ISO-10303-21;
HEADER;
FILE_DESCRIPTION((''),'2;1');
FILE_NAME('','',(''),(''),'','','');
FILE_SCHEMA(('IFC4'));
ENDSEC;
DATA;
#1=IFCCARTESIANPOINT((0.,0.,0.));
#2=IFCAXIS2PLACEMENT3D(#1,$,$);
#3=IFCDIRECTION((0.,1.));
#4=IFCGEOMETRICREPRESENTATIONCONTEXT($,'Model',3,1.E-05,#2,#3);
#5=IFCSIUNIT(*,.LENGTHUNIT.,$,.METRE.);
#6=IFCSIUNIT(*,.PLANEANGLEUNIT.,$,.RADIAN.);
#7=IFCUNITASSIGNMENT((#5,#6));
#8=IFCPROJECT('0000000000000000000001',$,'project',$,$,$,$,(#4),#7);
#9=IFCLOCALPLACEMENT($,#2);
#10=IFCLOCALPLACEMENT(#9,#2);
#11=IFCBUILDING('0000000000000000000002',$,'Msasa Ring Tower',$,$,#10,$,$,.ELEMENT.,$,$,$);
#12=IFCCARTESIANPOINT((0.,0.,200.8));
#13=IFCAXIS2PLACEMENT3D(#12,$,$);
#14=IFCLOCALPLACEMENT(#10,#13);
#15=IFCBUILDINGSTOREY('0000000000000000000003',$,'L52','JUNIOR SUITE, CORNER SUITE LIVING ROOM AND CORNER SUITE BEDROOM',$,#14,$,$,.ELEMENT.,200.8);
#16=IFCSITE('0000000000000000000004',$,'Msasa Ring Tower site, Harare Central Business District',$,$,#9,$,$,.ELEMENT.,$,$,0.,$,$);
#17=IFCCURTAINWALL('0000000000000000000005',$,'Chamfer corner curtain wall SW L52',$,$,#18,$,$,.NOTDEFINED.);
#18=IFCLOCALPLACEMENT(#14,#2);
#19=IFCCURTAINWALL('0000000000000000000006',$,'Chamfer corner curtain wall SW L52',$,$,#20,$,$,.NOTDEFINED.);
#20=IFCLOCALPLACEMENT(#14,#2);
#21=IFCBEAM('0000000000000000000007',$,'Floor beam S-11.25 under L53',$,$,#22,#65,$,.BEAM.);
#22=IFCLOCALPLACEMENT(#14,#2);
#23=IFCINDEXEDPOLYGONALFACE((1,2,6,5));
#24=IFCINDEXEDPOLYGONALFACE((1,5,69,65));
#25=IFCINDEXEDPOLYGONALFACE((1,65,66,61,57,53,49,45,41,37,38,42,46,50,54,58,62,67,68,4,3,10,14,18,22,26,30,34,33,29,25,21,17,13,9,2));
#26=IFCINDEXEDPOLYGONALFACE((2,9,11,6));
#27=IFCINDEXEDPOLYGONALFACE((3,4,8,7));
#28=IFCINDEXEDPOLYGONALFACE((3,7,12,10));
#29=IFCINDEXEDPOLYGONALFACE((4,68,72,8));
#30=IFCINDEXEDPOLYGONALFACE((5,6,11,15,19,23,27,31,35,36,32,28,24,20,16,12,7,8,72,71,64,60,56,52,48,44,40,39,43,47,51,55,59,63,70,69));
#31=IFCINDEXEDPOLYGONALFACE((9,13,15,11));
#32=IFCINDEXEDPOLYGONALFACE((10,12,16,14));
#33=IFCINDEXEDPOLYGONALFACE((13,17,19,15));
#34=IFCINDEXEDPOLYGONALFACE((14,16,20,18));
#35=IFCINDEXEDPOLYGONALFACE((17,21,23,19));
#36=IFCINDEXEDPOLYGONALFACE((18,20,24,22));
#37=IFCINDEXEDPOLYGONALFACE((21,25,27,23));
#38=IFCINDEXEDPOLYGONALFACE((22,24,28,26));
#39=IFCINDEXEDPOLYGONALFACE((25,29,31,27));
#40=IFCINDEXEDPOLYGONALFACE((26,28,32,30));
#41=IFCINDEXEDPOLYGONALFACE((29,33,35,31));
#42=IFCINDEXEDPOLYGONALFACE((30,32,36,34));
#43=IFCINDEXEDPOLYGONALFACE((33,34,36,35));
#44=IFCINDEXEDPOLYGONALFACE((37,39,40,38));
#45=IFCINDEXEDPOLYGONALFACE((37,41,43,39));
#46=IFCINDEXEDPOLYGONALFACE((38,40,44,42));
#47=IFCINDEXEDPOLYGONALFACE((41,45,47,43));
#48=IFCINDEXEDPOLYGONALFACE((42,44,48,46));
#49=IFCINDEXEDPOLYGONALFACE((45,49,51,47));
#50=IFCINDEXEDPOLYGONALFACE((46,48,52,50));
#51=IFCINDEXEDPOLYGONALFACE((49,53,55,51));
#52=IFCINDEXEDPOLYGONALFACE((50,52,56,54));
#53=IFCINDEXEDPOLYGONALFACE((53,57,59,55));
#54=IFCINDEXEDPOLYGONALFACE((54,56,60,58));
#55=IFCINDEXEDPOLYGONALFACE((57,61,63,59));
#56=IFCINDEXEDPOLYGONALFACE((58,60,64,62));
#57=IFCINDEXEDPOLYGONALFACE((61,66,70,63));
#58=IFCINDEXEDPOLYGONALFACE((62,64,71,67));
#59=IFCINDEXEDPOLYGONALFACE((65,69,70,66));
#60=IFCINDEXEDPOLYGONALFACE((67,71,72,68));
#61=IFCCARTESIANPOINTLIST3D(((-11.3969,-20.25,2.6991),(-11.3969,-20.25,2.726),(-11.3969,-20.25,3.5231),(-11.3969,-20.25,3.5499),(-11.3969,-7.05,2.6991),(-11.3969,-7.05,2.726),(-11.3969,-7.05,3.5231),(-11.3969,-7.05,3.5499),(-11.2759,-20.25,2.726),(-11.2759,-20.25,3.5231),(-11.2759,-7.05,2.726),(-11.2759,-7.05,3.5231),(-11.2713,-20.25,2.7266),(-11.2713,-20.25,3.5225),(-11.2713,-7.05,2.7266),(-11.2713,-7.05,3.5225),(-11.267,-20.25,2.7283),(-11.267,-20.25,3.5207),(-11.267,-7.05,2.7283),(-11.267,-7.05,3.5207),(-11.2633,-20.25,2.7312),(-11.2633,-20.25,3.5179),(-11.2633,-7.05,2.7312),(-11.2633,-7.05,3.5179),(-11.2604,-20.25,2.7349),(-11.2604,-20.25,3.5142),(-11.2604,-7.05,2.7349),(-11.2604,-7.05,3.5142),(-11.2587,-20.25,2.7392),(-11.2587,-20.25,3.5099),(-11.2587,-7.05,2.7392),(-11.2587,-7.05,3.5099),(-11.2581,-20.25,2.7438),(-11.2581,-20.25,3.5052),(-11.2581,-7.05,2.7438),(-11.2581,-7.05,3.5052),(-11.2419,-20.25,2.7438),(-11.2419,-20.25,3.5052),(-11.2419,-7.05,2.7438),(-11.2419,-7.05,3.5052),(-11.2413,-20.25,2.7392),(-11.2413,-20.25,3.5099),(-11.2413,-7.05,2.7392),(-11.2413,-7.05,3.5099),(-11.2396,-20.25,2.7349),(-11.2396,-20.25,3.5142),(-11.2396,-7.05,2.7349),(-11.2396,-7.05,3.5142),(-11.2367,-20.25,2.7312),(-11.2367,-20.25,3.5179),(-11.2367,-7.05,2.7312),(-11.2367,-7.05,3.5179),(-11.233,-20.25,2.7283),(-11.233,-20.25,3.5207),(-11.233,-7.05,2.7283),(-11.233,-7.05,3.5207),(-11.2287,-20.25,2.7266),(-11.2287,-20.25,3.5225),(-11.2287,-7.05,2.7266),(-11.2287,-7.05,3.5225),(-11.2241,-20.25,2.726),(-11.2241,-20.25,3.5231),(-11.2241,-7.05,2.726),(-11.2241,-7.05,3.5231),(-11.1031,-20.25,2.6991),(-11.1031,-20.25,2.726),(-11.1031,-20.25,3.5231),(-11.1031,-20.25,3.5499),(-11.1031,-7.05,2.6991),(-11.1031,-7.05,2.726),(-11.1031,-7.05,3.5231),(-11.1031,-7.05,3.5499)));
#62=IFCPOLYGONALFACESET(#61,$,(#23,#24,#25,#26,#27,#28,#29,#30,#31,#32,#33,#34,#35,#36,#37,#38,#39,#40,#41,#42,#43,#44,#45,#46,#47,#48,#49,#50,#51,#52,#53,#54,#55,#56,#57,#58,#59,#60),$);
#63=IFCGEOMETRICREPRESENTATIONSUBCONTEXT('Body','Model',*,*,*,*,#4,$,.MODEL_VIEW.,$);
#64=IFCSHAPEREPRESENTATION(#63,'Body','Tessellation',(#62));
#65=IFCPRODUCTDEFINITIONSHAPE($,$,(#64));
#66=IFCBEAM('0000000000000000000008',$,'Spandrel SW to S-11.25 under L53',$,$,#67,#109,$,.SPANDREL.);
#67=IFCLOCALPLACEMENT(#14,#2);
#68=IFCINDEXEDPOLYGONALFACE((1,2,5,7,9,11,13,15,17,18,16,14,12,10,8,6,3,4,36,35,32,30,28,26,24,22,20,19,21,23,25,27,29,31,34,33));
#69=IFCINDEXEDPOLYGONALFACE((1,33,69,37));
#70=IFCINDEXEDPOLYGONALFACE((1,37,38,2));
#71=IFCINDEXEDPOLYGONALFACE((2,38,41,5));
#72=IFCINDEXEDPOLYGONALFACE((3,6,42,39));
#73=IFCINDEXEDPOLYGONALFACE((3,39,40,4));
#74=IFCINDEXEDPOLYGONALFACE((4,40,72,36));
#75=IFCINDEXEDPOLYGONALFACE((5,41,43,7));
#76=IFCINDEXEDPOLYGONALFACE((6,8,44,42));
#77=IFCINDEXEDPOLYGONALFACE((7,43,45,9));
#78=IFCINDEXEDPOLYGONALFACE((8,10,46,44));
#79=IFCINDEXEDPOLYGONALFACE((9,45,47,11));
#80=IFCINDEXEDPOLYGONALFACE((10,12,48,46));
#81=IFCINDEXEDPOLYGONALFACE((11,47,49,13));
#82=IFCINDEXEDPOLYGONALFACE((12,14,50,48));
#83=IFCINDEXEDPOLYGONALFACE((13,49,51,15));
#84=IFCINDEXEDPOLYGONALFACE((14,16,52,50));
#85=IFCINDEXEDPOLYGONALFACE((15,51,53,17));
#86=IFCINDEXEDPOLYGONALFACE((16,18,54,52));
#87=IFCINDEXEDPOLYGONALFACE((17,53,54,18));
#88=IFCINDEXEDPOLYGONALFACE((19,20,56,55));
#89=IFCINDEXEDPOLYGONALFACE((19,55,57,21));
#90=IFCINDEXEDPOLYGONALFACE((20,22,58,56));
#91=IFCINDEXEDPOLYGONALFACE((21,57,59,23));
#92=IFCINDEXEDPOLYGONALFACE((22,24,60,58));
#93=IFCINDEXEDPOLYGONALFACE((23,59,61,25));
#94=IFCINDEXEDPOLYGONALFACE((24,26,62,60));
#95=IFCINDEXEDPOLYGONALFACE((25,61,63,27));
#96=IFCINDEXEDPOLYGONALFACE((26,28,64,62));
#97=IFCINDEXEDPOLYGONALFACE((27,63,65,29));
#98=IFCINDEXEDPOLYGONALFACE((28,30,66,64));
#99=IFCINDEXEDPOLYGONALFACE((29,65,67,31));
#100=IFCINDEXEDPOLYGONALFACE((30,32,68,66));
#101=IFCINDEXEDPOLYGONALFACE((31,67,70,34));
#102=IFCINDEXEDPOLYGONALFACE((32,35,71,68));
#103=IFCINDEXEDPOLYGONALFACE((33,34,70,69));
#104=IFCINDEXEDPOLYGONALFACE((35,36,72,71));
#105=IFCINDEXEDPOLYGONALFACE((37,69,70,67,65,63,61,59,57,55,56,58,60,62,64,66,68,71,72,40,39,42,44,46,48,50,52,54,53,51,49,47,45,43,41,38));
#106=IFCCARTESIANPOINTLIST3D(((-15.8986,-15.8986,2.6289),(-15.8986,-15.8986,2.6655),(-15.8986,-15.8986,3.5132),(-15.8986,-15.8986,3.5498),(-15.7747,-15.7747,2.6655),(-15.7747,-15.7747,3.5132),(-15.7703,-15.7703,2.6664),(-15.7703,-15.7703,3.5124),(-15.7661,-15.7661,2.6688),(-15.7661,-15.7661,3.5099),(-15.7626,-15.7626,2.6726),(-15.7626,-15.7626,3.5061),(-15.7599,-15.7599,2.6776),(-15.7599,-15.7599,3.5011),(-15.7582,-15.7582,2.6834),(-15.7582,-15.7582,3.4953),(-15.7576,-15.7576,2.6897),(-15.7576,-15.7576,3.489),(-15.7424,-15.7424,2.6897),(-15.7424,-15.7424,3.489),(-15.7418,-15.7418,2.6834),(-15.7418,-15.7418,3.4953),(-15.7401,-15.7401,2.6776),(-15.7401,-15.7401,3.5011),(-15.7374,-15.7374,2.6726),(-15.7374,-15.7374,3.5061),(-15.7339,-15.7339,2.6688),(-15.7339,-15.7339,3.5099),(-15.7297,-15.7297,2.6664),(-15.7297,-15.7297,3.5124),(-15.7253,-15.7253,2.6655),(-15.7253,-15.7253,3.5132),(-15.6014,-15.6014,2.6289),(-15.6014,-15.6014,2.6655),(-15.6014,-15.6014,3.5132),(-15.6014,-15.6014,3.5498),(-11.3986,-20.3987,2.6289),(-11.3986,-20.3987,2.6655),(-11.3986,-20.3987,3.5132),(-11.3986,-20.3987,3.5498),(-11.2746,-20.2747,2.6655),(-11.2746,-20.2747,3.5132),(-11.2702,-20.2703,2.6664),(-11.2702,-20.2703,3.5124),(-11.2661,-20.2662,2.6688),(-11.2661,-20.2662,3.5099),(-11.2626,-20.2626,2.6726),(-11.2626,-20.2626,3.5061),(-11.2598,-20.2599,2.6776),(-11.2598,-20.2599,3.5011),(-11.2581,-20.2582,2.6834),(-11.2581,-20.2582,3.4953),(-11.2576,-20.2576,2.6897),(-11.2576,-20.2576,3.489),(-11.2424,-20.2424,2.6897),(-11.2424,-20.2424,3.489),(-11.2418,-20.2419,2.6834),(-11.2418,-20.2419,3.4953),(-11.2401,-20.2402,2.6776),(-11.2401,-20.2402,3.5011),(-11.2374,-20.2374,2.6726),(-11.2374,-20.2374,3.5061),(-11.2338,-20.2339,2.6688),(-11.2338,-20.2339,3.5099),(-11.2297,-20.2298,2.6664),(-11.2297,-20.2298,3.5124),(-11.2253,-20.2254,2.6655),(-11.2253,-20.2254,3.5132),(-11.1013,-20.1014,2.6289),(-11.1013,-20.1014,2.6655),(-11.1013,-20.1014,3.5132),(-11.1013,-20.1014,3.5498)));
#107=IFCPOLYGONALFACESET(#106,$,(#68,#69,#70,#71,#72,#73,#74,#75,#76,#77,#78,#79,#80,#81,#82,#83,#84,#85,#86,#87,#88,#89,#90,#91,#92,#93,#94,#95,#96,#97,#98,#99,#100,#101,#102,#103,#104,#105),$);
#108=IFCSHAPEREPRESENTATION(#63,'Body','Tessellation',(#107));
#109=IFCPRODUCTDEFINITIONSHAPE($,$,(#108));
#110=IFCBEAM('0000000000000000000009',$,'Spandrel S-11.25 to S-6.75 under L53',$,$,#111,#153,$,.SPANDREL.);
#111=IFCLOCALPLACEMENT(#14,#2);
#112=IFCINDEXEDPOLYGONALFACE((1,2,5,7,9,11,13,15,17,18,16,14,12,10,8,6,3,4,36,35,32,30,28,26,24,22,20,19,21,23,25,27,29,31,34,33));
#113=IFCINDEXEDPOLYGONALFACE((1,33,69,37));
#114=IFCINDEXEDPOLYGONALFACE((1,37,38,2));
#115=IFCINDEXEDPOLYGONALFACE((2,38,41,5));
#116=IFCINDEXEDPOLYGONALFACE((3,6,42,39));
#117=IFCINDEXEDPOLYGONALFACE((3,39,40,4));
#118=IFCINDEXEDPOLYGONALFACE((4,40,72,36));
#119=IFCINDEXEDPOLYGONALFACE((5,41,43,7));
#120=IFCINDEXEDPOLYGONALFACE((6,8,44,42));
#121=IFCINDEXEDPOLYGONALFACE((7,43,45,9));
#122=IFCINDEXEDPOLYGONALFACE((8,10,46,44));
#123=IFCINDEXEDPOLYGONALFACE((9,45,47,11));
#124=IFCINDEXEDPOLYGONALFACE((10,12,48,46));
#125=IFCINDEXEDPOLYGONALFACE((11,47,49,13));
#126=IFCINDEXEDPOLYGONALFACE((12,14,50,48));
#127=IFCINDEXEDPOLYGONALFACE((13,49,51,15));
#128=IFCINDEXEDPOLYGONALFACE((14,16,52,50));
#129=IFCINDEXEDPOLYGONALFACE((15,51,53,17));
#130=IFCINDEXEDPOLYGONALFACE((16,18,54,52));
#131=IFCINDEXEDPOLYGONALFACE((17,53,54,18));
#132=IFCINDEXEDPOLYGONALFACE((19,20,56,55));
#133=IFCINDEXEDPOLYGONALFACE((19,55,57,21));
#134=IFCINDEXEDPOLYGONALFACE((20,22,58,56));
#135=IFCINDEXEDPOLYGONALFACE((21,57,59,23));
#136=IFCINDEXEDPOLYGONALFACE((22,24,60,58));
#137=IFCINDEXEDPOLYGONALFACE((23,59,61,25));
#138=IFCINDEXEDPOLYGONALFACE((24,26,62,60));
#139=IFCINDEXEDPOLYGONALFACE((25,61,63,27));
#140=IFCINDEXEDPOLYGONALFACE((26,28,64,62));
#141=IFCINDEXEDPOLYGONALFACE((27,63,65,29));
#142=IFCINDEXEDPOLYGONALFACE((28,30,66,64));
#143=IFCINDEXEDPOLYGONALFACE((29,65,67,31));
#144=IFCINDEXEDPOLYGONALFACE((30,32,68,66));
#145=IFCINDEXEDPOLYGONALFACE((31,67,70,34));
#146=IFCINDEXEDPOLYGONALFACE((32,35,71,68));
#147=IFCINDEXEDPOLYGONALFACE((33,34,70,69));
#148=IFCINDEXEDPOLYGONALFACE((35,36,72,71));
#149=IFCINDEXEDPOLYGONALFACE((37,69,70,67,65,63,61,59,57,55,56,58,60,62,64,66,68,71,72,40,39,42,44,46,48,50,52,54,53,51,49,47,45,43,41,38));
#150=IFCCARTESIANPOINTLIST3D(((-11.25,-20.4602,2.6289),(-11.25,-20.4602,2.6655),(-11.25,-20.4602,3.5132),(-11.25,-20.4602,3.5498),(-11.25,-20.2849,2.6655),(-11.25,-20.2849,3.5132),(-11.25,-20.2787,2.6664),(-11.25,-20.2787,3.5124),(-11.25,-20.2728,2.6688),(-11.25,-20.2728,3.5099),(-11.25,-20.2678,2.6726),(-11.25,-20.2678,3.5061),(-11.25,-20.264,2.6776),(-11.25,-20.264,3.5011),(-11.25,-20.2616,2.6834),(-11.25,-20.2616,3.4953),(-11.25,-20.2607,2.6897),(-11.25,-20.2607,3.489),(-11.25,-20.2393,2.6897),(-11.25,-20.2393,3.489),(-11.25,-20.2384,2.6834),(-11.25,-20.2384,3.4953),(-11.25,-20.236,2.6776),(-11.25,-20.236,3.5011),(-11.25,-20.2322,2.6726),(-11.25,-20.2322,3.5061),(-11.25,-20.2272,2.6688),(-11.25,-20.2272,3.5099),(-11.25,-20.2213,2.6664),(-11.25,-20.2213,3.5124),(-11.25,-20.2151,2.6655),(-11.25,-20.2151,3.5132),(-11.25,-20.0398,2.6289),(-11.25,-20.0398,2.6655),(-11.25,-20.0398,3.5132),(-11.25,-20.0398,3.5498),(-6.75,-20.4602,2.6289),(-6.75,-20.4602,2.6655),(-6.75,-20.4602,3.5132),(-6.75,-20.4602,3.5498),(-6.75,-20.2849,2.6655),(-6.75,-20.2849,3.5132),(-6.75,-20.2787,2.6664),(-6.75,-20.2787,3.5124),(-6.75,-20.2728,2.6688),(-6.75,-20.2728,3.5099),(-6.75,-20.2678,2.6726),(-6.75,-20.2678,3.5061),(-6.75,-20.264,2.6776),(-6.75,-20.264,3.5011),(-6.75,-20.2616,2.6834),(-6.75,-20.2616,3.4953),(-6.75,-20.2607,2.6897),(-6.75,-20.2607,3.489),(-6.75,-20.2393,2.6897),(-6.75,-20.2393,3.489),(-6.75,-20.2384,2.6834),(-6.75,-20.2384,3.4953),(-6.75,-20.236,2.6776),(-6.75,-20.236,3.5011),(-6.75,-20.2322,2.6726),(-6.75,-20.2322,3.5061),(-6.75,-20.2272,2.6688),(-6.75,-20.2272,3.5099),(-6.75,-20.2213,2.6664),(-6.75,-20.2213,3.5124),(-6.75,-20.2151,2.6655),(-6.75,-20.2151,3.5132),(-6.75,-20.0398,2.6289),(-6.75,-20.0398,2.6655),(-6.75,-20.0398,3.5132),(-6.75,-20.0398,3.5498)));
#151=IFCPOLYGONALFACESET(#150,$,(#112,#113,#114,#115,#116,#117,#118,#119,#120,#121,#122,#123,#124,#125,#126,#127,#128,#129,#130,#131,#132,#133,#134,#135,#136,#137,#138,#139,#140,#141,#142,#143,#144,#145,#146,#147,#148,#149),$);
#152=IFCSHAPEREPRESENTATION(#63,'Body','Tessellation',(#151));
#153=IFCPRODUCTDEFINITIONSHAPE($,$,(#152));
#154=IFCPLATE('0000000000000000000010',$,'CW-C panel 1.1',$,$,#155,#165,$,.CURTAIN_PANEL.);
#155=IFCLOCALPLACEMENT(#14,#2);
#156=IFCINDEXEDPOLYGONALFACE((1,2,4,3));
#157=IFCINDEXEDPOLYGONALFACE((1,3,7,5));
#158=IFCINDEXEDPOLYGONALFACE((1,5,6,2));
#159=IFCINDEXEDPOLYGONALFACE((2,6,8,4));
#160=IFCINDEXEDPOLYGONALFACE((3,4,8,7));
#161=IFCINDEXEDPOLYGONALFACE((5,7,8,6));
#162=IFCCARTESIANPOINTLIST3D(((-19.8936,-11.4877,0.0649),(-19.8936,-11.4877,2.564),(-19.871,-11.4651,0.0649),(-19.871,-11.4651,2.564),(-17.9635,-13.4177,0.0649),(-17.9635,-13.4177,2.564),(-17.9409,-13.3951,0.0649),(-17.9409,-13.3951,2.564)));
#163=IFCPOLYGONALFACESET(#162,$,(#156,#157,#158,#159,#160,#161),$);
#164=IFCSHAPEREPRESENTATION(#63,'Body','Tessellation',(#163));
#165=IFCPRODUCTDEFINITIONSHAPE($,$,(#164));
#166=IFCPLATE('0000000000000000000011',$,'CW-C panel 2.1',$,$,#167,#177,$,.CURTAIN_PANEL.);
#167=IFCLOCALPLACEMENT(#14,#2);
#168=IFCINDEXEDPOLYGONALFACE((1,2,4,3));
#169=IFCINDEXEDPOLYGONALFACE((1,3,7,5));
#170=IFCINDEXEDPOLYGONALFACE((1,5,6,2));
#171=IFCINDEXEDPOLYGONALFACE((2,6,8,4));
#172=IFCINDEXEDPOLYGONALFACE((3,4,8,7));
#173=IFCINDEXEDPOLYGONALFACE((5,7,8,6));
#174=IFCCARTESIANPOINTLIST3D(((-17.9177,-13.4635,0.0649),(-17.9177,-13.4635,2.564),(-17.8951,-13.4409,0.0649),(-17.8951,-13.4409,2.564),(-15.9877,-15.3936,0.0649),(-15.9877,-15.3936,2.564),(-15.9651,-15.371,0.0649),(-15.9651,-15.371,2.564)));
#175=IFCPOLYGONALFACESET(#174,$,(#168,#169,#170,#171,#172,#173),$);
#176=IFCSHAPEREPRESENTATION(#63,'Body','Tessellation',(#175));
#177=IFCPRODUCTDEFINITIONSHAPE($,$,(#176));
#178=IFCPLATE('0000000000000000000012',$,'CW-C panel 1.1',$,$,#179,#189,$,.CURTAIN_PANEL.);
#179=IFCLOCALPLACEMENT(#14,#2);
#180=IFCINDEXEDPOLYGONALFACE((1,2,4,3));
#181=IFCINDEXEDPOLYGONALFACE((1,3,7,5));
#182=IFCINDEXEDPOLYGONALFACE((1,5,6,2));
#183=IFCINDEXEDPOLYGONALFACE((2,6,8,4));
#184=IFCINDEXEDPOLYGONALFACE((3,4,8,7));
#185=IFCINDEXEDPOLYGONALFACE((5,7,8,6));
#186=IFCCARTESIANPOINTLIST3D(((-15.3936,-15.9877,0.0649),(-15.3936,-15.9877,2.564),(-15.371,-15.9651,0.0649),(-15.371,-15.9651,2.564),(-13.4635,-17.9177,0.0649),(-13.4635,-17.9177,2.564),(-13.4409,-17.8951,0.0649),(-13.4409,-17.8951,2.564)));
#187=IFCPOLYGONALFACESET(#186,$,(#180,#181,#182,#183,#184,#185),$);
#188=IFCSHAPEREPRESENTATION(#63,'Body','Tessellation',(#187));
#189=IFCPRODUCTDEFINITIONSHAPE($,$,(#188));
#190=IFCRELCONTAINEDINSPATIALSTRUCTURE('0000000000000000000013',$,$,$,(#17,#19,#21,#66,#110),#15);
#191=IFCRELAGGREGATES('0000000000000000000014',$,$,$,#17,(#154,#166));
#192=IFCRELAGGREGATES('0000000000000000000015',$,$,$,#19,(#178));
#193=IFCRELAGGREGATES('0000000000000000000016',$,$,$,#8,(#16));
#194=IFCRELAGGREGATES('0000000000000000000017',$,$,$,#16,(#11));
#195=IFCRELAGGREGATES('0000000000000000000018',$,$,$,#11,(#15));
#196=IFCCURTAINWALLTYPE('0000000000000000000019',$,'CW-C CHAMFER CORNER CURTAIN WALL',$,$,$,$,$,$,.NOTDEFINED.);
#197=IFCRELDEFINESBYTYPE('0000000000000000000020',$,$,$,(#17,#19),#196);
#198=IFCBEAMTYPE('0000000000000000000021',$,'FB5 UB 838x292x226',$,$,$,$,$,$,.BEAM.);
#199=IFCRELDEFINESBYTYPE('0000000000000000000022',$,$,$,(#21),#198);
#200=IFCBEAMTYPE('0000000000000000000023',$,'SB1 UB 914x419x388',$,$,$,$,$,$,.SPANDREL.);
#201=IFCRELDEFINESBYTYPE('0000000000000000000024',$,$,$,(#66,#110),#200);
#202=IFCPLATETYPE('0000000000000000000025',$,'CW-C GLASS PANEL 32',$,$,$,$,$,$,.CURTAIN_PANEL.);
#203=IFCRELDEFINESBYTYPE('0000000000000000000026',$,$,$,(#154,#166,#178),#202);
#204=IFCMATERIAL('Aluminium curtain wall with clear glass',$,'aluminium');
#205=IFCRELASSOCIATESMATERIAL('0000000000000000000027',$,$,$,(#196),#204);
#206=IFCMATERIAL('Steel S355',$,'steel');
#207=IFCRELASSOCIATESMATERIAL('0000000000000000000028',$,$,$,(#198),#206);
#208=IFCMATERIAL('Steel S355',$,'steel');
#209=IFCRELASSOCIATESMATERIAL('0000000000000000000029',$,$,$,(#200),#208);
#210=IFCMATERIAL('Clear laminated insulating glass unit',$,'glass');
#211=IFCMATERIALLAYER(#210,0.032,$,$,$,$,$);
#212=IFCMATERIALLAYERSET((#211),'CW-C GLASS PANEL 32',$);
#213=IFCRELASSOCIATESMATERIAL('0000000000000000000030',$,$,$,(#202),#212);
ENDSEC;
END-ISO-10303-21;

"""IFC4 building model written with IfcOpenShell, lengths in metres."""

from ifc_helpers import new_model, si_unit, direction, frame, origin, origin_2d, place, context, subcontext, project, spatial, rectangle, i_section, extrude, material, layer, layer_set, material_profile, profile_set, type_object, element, aggregate, save


model = new_model("IFC4")

# Units and contexts
model_context = context("Model", 3, precision=1e-05, world=origin(), true_north=direction((0.0, 1.0)))
body_context = subcontext(model_context, "Body", "Model", "MODEL_VIEW")
ifc_project = project(units=[si_unit("LENGTHUNIT", "METRE"), si_unit("PLANEANGLEUNIT", "RADIAN")], contexts=[model_context])

# Site, building, storey
site_placement = place(None, origin())
site = spatial("IfcSite", under=ifc_project, at=site_placement, Name="Msasa Ring Tower site, Harare Central Business District", CompositionType="ELEMENT", RefElevation=0.0)
building_placement = place(site_placement, origin())
building = spatial("IfcBuilding", under=site, at=building_placement, Name="Msasa Ring Tower", CompositionType="ELEMENT")
storey_placement = place(building_placement, frame((0.0, 0.0, 200.8)))
storey = spatial("IfcBuildingStorey", under=building, at=storey_placement, Name="L52", Description="JUNIOR SUITE, CORNER SUITE LIVING ROOM AND CORNER SUITE BEDROOM", CompositionType="ELEMENT", Elevation=200.8)

# Curtain walls
ifc_material_1 = material(Name="Aluminium curtain wall with clear glass", Category="aluminium")
curtain_wall_type = type_object("IfcCurtainWallType", Name="CW-C CHAMFER CORNER CURTAIN WALL", PredefinedType="NOTDEFINED", material=ifc_material_1)
curtain_wall_1_placement = place(storey_placement, origin())
curtain_wall_1 = element("IfcCurtainWall", 1, at=curtain_wall_1_placement, inside=storey, type_object=curtain_wall_type, Name="Chamfer corner curtain wall SW L52", PredefinedType="NOTDEFINED")
curtain_wall_2_placement = place(storey_placement, origin())
curtain_wall_2 = element("IfcCurtainWall", 2, at=curtain_wall_2_placement, inside=storey, type_object=curtain_wall_type, Name="Chamfer corner curtain wall SW L52", PredefinedType="NOTDEFINED")

# Beams
ifc_material_2 = material(Name="Steel S355", Category="steel")
ifc_material_profile_1 = material_profile(ifc_material_2, i_section(OverallWidth=0.2937, OverallDepth=0.8508, WebThickness=0.0161, FlangeThickness=0.0269, FilletRadius=0.0178, at=origin_2d()), Name="UB 838x292x226")
ifc_profile_set_1 = profile_set([ifc_material_profile_1], Name="Steel S355")
beam_type_1 = type_object("IfcBeamType", Name="FB5 UB 838x292x226", PredefinedType="BEAM", material=ifc_profile_set_1)
beam_1_placement = place(storey_placement, frame((-11.25, -20.25, 3.1245), z_axis=(0.0, 1.0, 0.0), x_axis=(-1.0, 0.0, 0.0)))
element("IfcBeam", 3, at=beam_1_placement, inside=storey, type_object=beam_type_1, Name="Floor beam S-11.25 under L53", PredefinedType="BEAM", context=body_context, shape_type="SweptSolid", body=[
    extrude(i_section(OverallWidth=0.2937, OverallDepth=0.8508, WebThickness=0.0161, FlangeThickness=0.0269, FilletRadius=0.0178, at=origin_2d()), origin(), (0.0, 0.0, 1.0), 13.2),
])
ifc_material_3 = material(Name="Steel S355", Category="steel")
ifc_material_profile_2 = material_profile(ifc_material_3, i_section(OverallWidth=0.4204, OverallDepth=0.9209, WebThickness=0.0215, FlangeThickness=0.0366, FilletRadius=0.0242, at=origin_2d()), Name="UB 914x419x388")
ifc_profile_set_2 = profile_set([ifc_material_profile_2], Name="Steel S355")
beam_type_2 = type_object("IfcBeamType", Name="SB1 UB 914x419x388", PredefinedType="SPANDREL", material=ifc_profile_set_2)
beam_2_placement = place(storey_placement, frame((-15.75, -15.75, 3.0894), z_axis=(0.707107, -0.707107, 0.0), x_axis=(0.707107, 0.707107, 0.0)))
element("IfcBeam", 4, at=beam_2_placement, inside=storey, type_object=beam_type_2, Name="Spandrel SW to S-11.25 under L53", PredefinedType="SPANDREL", context=body_context, shape_type="SweptSolid", body=[
    extrude(i_section(OverallWidth=0.4204, OverallDepth=0.9209, WebThickness=0.0215, FlangeThickness=0.0366, FilletRadius=0.0242, at=origin_2d()), origin(), (0.0, 0.0, 1.0), 6.364),
])
beam_3_placement = place(storey_placement, frame((-11.25, -20.25, 3.0894), z_axis=(1.0, 0.0, 0.0), x_axis=(0.0, 1.0, 0.0)))
element("IfcBeam", 5, at=beam_3_placement, inside=storey, type_object=beam_type_2, Name="Spandrel S-11.25 to S-6.75 under L53", PredefinedType="SPANDREL", context=body_context, shape_type="SweptSolid", body=[
    extrude(i_section(OverallWidth=0.4204, OverallDepth=0.9209, WebThickness=0.0215, FlangeThickness=0.0366, FilletRadius=0.0242, at=origin_2d()), origin(), (0.0, 0.0, 1.0), 4.5),
])

# Plates
ifc_material_4 = material(Name="Clear laminated insulating glass unit", Category="glass")
ifc_layer_1 = layer(ifc_material_4, 0.032)
ifc_layer_set_1 = layer_set([ifc_layer_1], Name="CW-C GLASS PANEL 32")
plate_type = type_object("IfcPlateType", Name="CW-C GLASS PANEL 32", PredefinedType="CURTAIN_PANEL", material=ifc_layer_set_1)
plate_1_placement = place(storey_placement, frame((-18.9172, -12.4414, 0.0649), z_axis=(0.0, 0.0, 1.0), x_axis=(0.707107, -0.707107, 0.0)))
plate_1 = element("IfcPlate", 6, at=plate_1_placement, type_object=plate_type, Name="CW-C panel 1.1", PredefinedType="CURTAIN_PANEL", context=body_context, shape_type="SweptSolid", body=[
    extrude(rectangle(XDim=2.7295, YDim=0.032, at=origin_2d()), origin(), (0.0, 0.0, 1.0), 2.499),
])
plate_2_placement = place(storey_placement, frame((-16.9414, -14.4172, 0.0649), z_axis=(0.0, 0.0, 1.0), x_axis=(0.707107, -0.707107, 0.0)))
plate_2 = element("IfcPlate", 7, at=plate_2_placement, type_object=plate_type, Name="CW-C panel 2.1", PredefinedType="CURTAIN_PANEL", context=body_context, shape_type="SweptSolid", body=[
    extrude(rectangle(XDim=2.7295, YDim=0.032, at=origin_2d()), origin(), (0.0, 0.0, 1.0), 2.499),
])
aggregate(curtain_wall_1, [plate_1, plate_2])
plate_3_placement = place(storey_placement, frame((-14.4172, -16.9414, 0.0649), z_axis=(0.0, 0.0, 1.0), x_axis=(0.707107, -0.707107, 0.0)))
plate_3 = element("IfcPlate", 8, at=plate_3_placement, type_object=plate_type, Name="CW-C panel 1.1", PredefinedType="CURTAIN_PANEL", context=body_context, shape_type="SweptSolid", body=[
    extrude(rectangle(XDim=2.7295, YDim=0.032, at=origin_2d()), origin(), (0.0, 0.0, 1.0), 2.499),
])
aggregate(curtain_wall_2, [plate_3])

save(model, "model.ifc")
